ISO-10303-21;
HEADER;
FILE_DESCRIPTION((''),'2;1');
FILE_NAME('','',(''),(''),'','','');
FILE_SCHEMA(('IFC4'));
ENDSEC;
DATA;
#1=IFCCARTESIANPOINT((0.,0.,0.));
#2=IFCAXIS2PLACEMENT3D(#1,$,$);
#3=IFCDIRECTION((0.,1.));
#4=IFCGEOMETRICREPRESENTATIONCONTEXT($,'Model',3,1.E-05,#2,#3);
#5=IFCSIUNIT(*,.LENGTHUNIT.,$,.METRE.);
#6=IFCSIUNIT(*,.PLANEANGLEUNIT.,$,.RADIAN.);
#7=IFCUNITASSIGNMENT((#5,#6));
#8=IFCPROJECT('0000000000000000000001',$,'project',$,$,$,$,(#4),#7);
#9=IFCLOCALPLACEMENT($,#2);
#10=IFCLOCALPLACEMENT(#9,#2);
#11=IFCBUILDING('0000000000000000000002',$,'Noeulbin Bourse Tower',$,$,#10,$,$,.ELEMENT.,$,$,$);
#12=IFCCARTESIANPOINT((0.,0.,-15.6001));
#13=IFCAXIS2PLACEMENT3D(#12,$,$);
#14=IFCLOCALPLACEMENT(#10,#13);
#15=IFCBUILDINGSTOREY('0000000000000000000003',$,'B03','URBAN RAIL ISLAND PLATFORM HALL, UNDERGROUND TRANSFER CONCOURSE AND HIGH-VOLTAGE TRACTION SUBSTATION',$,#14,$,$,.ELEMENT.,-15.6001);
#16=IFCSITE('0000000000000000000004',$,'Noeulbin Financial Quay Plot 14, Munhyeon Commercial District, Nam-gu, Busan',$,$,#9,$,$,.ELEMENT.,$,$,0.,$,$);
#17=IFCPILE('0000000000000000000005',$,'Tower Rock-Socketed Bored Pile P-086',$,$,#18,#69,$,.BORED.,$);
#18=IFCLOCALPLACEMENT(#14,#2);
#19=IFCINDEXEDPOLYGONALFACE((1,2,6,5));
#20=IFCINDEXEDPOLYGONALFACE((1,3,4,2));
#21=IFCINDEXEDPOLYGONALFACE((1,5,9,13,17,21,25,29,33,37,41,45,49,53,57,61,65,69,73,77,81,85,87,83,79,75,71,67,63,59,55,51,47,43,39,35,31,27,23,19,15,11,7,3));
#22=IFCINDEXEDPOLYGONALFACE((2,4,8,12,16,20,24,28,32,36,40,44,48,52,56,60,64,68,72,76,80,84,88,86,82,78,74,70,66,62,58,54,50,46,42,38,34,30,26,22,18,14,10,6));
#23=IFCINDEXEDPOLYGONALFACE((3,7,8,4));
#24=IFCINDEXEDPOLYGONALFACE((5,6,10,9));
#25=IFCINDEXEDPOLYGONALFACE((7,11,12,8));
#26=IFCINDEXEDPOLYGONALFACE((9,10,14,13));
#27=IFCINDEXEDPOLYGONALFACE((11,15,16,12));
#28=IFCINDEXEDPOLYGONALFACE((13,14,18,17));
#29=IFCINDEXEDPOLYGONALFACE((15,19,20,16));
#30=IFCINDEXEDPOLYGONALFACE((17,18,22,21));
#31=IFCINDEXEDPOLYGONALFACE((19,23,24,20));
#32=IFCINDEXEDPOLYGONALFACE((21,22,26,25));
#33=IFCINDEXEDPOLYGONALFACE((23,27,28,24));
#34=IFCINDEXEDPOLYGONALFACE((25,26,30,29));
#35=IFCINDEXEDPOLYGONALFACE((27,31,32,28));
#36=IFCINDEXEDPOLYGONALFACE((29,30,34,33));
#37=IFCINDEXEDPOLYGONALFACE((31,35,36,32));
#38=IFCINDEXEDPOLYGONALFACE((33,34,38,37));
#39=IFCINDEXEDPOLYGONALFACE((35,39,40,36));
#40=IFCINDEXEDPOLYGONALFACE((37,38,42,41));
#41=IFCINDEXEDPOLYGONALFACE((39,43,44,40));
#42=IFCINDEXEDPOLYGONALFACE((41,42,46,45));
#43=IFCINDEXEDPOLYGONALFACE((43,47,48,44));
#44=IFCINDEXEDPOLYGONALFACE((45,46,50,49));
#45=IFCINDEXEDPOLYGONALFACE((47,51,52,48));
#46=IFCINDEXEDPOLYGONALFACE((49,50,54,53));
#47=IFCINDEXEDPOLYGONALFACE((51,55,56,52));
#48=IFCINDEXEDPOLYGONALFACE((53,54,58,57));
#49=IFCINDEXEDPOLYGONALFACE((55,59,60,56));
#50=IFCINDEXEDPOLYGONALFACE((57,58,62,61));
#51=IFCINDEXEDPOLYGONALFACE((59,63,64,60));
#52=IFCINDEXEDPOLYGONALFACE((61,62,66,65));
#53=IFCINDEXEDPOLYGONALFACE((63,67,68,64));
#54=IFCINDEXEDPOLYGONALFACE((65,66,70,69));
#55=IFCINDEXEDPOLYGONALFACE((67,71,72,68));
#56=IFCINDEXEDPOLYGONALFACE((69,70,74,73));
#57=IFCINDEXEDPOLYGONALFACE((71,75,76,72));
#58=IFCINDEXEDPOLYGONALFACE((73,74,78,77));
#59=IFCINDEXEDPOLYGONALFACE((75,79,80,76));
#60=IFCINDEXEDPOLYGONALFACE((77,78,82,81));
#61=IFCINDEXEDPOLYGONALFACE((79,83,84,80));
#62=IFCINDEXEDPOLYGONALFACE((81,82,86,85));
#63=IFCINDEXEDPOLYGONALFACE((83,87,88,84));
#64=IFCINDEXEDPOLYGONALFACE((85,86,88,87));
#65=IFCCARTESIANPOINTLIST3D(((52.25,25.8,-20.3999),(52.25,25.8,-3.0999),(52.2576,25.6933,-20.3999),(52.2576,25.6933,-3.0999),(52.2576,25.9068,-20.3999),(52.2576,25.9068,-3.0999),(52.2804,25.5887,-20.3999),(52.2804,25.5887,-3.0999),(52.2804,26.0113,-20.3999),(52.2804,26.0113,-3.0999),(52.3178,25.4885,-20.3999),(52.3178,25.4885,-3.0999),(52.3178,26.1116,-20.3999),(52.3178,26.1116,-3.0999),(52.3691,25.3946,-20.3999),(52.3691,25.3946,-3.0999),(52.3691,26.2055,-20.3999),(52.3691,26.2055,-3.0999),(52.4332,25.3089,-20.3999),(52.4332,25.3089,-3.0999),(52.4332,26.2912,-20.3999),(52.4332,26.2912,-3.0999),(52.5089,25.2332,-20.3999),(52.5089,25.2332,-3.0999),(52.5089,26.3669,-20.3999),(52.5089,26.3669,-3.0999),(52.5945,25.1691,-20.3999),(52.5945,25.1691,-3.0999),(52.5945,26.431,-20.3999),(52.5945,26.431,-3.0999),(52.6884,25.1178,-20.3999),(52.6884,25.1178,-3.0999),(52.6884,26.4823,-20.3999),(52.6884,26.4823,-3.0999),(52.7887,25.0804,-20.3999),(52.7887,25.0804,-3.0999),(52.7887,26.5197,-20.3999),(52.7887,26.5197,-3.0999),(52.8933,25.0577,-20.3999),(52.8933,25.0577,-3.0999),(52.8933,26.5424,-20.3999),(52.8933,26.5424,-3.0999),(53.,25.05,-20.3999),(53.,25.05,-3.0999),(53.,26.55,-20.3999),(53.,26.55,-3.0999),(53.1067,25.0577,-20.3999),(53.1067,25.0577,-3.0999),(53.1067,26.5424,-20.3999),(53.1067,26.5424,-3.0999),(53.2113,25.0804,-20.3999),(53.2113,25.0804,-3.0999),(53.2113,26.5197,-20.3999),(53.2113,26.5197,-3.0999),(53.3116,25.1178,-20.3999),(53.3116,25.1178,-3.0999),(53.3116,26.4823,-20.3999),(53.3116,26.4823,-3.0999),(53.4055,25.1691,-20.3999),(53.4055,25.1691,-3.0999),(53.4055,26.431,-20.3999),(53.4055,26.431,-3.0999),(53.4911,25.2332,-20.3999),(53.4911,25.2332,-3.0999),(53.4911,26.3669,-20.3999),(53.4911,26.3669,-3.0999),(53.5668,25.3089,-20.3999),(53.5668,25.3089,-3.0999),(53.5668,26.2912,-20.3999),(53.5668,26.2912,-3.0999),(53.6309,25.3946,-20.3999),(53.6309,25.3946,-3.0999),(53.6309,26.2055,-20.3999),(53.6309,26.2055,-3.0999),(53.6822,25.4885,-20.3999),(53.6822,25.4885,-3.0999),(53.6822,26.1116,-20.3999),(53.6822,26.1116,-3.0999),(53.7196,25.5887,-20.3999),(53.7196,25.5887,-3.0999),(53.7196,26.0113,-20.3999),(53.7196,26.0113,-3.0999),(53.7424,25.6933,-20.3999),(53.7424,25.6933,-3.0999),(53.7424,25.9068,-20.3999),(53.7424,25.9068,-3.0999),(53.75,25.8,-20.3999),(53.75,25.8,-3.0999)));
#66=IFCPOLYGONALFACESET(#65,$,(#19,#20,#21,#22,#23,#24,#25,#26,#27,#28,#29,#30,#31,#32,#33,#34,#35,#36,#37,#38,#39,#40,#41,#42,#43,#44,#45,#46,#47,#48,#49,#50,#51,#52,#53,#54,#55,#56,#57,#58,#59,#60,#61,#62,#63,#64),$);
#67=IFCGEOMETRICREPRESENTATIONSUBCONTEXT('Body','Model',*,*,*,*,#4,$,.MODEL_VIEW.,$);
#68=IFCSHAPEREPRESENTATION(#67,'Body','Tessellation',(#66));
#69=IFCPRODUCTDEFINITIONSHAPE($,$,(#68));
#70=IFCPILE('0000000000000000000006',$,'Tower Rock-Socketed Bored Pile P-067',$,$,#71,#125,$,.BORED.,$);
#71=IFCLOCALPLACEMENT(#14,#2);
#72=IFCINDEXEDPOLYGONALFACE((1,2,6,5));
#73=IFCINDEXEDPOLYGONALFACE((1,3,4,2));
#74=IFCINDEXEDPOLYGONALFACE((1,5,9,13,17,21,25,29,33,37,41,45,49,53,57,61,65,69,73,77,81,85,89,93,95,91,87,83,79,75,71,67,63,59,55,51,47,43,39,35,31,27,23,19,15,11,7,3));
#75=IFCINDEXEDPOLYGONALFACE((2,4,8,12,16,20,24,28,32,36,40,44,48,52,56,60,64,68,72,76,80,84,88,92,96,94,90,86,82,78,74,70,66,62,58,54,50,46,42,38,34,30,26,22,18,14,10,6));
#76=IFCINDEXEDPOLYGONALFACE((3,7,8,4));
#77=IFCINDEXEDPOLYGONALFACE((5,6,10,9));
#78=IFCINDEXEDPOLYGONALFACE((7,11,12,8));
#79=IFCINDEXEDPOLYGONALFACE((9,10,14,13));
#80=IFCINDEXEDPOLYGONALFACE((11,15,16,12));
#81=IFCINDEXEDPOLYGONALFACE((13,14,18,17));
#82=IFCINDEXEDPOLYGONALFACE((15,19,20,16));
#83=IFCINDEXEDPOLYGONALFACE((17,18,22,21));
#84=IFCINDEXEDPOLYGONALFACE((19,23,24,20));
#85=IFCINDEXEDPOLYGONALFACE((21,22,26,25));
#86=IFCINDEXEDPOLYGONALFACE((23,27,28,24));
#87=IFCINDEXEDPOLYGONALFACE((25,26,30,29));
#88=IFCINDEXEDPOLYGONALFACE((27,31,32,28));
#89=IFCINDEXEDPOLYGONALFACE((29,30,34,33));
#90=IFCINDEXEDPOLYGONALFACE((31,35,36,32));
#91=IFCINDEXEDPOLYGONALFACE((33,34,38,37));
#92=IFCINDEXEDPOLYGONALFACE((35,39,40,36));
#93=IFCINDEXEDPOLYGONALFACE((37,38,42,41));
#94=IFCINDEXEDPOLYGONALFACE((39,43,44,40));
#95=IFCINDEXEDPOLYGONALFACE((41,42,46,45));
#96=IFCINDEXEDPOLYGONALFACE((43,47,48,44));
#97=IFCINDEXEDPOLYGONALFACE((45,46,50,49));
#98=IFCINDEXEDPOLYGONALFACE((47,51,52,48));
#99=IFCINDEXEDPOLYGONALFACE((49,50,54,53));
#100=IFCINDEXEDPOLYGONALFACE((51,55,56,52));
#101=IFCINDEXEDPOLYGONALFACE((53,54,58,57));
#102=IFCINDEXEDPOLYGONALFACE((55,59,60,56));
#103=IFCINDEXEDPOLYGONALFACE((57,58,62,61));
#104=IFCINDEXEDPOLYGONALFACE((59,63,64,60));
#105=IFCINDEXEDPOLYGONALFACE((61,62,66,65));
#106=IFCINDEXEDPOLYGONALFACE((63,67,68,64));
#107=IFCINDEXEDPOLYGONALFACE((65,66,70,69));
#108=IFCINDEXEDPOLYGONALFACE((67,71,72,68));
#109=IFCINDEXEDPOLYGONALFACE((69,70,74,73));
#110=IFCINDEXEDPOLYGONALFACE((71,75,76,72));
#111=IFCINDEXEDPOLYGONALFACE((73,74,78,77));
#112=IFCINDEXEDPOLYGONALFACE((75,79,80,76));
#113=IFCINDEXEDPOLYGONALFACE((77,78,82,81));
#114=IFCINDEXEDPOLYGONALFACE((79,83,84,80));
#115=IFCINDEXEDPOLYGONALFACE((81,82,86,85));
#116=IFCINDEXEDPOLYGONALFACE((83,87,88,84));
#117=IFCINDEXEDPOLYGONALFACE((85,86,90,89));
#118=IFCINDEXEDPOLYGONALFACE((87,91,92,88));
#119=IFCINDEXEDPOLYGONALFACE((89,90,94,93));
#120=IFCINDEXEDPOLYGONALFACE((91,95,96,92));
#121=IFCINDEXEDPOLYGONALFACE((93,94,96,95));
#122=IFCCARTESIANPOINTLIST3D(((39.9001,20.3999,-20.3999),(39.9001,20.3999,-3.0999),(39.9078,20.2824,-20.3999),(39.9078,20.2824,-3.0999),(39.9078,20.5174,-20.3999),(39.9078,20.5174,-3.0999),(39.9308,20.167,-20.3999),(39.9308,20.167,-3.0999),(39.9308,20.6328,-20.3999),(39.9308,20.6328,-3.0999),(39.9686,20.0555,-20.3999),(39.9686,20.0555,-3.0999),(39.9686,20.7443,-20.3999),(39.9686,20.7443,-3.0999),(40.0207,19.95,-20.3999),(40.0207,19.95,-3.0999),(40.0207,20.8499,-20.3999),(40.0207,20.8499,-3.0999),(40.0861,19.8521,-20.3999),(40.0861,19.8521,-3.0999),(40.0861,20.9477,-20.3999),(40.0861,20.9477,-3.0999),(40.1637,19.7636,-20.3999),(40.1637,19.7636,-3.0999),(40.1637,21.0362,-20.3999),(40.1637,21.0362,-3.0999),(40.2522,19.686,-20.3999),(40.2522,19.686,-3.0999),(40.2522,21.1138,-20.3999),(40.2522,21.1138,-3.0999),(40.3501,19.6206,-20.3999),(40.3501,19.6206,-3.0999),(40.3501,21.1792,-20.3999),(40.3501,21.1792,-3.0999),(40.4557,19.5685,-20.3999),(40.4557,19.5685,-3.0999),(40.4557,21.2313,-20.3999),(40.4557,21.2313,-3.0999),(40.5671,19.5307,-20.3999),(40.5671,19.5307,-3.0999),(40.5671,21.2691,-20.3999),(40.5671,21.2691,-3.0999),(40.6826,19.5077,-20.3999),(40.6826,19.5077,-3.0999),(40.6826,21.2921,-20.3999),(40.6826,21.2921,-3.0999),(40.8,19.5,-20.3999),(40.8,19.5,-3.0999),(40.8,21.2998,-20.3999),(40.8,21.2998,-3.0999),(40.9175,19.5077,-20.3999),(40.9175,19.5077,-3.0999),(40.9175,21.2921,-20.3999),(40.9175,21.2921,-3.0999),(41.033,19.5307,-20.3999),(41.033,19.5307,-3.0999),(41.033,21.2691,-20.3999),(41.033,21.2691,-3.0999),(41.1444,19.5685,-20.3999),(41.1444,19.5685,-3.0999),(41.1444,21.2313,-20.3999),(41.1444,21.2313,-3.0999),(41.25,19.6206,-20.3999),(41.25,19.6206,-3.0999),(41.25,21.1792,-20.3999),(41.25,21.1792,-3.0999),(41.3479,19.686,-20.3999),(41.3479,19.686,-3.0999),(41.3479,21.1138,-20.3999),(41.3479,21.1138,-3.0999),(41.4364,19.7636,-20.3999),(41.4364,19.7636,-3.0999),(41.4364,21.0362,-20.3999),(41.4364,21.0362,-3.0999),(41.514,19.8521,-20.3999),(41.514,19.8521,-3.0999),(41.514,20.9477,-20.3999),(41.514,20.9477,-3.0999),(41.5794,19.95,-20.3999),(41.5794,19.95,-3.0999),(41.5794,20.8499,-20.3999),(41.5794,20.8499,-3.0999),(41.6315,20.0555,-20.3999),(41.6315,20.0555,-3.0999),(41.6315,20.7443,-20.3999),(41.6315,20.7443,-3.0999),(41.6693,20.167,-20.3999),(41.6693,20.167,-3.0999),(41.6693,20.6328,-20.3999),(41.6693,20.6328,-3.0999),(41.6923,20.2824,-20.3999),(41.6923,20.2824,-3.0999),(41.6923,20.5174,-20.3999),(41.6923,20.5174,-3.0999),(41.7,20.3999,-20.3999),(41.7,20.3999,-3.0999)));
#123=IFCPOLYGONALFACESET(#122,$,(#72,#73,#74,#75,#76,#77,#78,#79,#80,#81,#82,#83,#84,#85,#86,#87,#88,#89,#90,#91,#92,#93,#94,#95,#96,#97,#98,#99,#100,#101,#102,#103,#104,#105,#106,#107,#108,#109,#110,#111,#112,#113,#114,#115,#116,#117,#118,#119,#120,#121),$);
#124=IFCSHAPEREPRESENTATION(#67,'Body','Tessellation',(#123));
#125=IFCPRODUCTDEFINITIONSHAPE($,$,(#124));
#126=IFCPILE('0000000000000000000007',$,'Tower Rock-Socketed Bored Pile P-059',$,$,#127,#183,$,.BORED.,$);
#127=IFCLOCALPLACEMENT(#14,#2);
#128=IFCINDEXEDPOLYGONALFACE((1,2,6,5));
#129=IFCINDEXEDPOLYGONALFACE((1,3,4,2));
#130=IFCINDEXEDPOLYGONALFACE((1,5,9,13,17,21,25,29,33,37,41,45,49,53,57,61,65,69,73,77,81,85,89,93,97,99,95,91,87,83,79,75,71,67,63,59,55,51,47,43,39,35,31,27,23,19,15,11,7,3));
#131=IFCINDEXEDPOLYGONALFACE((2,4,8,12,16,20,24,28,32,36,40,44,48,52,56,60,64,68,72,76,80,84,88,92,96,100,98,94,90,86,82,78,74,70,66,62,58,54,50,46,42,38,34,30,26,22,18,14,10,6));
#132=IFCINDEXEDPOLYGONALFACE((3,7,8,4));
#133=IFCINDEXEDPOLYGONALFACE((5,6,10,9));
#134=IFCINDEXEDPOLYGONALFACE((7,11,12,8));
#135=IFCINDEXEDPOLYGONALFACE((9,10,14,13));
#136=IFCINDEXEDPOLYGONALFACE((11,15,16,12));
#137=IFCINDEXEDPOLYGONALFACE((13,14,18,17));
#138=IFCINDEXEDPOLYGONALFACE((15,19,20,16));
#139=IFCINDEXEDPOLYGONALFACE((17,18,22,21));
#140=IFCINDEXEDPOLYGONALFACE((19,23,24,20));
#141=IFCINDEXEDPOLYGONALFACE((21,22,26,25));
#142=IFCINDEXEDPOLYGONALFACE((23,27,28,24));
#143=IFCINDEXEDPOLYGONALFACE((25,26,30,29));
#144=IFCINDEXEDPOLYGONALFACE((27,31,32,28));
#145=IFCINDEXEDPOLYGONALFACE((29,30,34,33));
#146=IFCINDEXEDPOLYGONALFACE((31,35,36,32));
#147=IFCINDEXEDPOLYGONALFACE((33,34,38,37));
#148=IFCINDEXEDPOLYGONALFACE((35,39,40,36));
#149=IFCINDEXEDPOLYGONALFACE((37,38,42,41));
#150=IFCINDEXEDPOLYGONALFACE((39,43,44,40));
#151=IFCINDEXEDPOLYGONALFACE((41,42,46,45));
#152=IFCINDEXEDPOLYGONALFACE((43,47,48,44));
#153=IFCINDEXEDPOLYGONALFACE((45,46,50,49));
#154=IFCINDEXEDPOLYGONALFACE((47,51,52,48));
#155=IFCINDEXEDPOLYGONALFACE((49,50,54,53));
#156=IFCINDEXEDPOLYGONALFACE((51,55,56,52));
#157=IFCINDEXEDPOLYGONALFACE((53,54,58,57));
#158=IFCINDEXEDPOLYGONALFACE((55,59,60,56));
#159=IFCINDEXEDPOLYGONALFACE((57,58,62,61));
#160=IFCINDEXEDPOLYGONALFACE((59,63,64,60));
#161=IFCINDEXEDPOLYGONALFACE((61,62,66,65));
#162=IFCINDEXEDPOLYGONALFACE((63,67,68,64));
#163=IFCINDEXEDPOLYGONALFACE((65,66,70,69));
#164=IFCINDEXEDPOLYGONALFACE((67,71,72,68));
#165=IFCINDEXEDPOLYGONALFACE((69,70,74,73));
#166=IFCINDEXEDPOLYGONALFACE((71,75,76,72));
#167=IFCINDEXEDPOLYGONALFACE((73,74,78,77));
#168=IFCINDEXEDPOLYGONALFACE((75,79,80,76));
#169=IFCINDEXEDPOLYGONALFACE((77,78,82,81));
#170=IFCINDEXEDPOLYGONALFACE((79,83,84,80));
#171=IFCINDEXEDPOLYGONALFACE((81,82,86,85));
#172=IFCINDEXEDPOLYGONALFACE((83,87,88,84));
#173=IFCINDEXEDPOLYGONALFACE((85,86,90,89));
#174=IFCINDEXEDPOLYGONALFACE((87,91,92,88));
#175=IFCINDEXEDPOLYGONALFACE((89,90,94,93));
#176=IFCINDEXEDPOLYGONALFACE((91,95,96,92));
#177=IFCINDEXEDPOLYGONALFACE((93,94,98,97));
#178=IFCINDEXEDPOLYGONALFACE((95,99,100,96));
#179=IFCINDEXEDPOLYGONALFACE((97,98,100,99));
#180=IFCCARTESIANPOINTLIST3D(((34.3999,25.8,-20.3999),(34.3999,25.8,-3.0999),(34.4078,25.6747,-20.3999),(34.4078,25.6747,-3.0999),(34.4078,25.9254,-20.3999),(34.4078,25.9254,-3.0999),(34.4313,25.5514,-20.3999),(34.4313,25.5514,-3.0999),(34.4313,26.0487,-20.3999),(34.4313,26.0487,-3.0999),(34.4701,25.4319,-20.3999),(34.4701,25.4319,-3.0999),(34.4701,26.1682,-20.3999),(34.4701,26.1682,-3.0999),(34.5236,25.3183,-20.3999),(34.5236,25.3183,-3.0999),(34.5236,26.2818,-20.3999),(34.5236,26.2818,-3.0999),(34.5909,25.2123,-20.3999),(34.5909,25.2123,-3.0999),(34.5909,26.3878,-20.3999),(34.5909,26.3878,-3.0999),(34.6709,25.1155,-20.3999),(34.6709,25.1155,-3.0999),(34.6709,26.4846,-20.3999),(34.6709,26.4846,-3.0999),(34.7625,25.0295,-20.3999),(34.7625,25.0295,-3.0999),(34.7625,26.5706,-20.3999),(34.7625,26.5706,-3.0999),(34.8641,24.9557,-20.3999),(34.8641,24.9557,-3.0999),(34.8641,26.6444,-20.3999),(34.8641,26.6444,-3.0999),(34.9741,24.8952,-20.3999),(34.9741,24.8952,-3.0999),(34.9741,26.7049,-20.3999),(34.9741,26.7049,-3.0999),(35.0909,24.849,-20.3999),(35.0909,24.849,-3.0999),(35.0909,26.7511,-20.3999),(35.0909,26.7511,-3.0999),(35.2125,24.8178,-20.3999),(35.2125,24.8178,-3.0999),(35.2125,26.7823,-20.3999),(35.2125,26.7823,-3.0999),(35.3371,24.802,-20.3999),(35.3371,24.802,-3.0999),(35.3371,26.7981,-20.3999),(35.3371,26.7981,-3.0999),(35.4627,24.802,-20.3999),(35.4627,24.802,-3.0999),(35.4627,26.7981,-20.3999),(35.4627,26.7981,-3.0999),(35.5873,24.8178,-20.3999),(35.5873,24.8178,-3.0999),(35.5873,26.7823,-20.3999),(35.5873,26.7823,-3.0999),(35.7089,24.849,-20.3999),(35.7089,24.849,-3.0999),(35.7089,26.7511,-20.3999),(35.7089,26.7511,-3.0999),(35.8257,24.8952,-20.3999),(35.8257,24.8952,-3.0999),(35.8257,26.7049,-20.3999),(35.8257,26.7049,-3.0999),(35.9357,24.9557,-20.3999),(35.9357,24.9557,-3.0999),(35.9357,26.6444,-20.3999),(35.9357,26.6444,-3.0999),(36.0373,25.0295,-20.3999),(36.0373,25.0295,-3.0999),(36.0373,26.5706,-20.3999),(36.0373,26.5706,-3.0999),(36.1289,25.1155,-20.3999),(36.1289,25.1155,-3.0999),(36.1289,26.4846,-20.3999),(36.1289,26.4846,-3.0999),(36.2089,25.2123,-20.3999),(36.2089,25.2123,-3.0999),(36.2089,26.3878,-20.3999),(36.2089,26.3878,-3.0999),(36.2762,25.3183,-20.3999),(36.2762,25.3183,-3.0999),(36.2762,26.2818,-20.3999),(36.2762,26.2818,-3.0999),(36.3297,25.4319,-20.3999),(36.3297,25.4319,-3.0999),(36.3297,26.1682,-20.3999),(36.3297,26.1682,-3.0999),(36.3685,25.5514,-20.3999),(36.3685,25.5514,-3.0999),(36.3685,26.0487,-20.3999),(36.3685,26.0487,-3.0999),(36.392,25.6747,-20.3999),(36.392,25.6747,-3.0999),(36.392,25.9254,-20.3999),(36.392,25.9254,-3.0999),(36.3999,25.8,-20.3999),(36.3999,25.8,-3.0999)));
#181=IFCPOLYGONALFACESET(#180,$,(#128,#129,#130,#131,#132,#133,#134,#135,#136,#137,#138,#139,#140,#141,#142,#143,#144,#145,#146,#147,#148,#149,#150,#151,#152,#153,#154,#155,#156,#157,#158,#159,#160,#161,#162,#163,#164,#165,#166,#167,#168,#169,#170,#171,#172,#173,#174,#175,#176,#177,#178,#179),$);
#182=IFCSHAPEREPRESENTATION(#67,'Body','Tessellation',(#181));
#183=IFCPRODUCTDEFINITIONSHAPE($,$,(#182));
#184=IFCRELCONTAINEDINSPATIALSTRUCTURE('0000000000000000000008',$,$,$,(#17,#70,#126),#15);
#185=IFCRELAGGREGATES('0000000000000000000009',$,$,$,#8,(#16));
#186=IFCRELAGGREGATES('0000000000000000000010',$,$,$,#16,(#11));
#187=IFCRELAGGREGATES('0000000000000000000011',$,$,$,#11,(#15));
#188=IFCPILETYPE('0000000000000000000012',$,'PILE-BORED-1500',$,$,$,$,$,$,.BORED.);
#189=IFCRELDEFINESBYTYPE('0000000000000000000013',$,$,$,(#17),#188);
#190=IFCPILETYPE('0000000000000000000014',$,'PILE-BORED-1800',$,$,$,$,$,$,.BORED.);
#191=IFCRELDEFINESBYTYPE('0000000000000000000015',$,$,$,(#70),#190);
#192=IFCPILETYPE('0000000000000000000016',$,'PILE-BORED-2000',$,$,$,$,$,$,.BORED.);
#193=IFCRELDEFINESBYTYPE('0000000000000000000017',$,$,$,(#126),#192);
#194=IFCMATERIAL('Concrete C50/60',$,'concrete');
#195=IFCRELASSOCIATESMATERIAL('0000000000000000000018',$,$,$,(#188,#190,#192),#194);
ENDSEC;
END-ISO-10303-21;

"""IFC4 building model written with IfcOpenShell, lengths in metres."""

from ifc_helpers import new_model, si_unit, direction, frame, origin, origin_2d, place, context, subcontext, project, spatial, circle, extrude, material, material_profile, profile_set, type_object, element, save


model = new_model("IFC4")

# Units and contexts
model_context = context("Model", 3, precision=1e-05, world=origin(), true_north=direction((0.0, 1.0)))
body_context = subcontext(model_context, "Body", "Model", "MODEL_VIEW")
ifc_project = project(units=[si_unit("LENGTHUNIT", "METRE"), si_unit("PLANEANGLEUNIT", "RADIAN")], contexts=[model_context])

# Site, building, storey
site_placement = place(None, origin())
site = spatial("IfcSite", under=ifc_project, at=site_placement, Name="Noeulbin Financial Quay Plot 14, Munhyeon Commercial District, Nam-gu, Busan", CompositionType="ELEMENT", RefElevation=0.0)
building_placement = place(site_placement, origin())
building = spatial("IfcBuilding", under=site, at=building_placement, Name="Noeulbin Bourse Tower", CompositionType="ELEMENT")
storey_placement = place(building_placement, frame((0.0, 0.0, -15.6001)))
storey = spatial("IfcBuildingStorey", under=building, at=storey_placement, Name="B03", Description="URBAN RAIL ISLAND PLATFORM HALL, UNDERGROUND TRANSFER CONCOURSE AND HIGH-VOLTAGE TRACTION SUBSTATION", CompositionType="ELEMENT", Elevation=-15.6001)

# Piles
ifc_material_1 = material(Name="Concrete C50/60", Category="concrete")
ifc_material_profile_1 = material_profile(ifc_material_1, circle(Radius=0.75, at=origin_2d()), Name="PILE-D1500", Category="LoadBearing")
ifc_profile_set_1 = profile_set([ifc_material_profile_1], Name="Concrete C50/60")
pile_type_1 = type_object("IfcPileType", Name="PILE-BORED-1500", PredefinedType="BORED", material=ifc_profile_set_1)
for number, where, z_axis, x_axis, name in (
    (1, (53.0, 25.8, -3.0999), (0.0, 0.0, -1.0), (1.0, 0.0, 0.0), "Tower Rock-Socketed Bored Pile P-086"),
):
    element("IfcPile", number, at=place(storey_placement, frame(where, z_axis=z_axis, x_axis=x_axis)), inside=storey, type_object=pile_type_1, Name=name, PredefinedType="BORED", context=body_context, shape_type="SweptSolid", body=[
        extrude(circle(Radius=0.75, at=origin_2d()), origin(), (0.0, 0.0, 1.0), 17.3),
    ])
ifc_material_profile_2 = material_profile(ifc_material_1, circle(Radius=0.8999, at=origin_2d()), Name="PILE-D1800", Category="LoadBearing")
ifc_profile_set_2 = profile_set([ifc_material_profile_2], Name="Concrete C50/60")
pile_type_2 = type_object("IfcPileType", Name="PILE-BORED-1800", PredefinedType="BORED", material=ifc_profile_set_2)
pile_placement = place(storey_placement, frame((40.8, 20.3999, -3.0999), z_axis=(0.0, 0.0, -1.0), x_axis=(1.0, 0.0, 0.0)))
element("IfcPile", 2, at=pile_placement, inside=storey, type_object=pile_type_2, Name="Tower Rock-Socketed Bored Pile P-067", PredefinedType="BORED", context=body_context, shape_type="SweptSolid", body=[
    extrude(circle(Radius=0.8999, at=origin_2d()), origin(), (0.0, 0.0, 1.0), 17.3),
])
ifc_material_profile_3 = material_profile(ifc_material_1, circle(Radius=1.0, at=origin_2d()), Name="PILE-D2000", Category="LoadBearing")
ifc_profile_set_3 = profile_set([ifc_material_profile_3], Name="Concrete C50/60")
pile_type_3 = type_object("IfcPileType", Name="PILE-BORED-2000", PredefinedType="BORED", material=ifc_profile_set_3)
for number, where, z_axis, x_axis, name in (
    (3, (35.3999, 25.8, -3.0999), (0.0, 0.0, -1.0), (1.0, 0.0, 0.0), "Tower Rock-Socketed Bored Pile P-059"),
):
    element("IfcPile", number, at=place(storey_placement, frame(where, z_axis=z_axis, x_axis=x_axis)), inside=storey, type_object=pile_type_3, Name=name, PredefinedType="BORED", context=body_context, shape_type="SweptSolid", body=[
        extrude(circle(Radius=1.0, at=origin_2d()), origin(), (0.0, 0.0, 1.0), 17.3),
    ])

save(model, "model.ifc")
